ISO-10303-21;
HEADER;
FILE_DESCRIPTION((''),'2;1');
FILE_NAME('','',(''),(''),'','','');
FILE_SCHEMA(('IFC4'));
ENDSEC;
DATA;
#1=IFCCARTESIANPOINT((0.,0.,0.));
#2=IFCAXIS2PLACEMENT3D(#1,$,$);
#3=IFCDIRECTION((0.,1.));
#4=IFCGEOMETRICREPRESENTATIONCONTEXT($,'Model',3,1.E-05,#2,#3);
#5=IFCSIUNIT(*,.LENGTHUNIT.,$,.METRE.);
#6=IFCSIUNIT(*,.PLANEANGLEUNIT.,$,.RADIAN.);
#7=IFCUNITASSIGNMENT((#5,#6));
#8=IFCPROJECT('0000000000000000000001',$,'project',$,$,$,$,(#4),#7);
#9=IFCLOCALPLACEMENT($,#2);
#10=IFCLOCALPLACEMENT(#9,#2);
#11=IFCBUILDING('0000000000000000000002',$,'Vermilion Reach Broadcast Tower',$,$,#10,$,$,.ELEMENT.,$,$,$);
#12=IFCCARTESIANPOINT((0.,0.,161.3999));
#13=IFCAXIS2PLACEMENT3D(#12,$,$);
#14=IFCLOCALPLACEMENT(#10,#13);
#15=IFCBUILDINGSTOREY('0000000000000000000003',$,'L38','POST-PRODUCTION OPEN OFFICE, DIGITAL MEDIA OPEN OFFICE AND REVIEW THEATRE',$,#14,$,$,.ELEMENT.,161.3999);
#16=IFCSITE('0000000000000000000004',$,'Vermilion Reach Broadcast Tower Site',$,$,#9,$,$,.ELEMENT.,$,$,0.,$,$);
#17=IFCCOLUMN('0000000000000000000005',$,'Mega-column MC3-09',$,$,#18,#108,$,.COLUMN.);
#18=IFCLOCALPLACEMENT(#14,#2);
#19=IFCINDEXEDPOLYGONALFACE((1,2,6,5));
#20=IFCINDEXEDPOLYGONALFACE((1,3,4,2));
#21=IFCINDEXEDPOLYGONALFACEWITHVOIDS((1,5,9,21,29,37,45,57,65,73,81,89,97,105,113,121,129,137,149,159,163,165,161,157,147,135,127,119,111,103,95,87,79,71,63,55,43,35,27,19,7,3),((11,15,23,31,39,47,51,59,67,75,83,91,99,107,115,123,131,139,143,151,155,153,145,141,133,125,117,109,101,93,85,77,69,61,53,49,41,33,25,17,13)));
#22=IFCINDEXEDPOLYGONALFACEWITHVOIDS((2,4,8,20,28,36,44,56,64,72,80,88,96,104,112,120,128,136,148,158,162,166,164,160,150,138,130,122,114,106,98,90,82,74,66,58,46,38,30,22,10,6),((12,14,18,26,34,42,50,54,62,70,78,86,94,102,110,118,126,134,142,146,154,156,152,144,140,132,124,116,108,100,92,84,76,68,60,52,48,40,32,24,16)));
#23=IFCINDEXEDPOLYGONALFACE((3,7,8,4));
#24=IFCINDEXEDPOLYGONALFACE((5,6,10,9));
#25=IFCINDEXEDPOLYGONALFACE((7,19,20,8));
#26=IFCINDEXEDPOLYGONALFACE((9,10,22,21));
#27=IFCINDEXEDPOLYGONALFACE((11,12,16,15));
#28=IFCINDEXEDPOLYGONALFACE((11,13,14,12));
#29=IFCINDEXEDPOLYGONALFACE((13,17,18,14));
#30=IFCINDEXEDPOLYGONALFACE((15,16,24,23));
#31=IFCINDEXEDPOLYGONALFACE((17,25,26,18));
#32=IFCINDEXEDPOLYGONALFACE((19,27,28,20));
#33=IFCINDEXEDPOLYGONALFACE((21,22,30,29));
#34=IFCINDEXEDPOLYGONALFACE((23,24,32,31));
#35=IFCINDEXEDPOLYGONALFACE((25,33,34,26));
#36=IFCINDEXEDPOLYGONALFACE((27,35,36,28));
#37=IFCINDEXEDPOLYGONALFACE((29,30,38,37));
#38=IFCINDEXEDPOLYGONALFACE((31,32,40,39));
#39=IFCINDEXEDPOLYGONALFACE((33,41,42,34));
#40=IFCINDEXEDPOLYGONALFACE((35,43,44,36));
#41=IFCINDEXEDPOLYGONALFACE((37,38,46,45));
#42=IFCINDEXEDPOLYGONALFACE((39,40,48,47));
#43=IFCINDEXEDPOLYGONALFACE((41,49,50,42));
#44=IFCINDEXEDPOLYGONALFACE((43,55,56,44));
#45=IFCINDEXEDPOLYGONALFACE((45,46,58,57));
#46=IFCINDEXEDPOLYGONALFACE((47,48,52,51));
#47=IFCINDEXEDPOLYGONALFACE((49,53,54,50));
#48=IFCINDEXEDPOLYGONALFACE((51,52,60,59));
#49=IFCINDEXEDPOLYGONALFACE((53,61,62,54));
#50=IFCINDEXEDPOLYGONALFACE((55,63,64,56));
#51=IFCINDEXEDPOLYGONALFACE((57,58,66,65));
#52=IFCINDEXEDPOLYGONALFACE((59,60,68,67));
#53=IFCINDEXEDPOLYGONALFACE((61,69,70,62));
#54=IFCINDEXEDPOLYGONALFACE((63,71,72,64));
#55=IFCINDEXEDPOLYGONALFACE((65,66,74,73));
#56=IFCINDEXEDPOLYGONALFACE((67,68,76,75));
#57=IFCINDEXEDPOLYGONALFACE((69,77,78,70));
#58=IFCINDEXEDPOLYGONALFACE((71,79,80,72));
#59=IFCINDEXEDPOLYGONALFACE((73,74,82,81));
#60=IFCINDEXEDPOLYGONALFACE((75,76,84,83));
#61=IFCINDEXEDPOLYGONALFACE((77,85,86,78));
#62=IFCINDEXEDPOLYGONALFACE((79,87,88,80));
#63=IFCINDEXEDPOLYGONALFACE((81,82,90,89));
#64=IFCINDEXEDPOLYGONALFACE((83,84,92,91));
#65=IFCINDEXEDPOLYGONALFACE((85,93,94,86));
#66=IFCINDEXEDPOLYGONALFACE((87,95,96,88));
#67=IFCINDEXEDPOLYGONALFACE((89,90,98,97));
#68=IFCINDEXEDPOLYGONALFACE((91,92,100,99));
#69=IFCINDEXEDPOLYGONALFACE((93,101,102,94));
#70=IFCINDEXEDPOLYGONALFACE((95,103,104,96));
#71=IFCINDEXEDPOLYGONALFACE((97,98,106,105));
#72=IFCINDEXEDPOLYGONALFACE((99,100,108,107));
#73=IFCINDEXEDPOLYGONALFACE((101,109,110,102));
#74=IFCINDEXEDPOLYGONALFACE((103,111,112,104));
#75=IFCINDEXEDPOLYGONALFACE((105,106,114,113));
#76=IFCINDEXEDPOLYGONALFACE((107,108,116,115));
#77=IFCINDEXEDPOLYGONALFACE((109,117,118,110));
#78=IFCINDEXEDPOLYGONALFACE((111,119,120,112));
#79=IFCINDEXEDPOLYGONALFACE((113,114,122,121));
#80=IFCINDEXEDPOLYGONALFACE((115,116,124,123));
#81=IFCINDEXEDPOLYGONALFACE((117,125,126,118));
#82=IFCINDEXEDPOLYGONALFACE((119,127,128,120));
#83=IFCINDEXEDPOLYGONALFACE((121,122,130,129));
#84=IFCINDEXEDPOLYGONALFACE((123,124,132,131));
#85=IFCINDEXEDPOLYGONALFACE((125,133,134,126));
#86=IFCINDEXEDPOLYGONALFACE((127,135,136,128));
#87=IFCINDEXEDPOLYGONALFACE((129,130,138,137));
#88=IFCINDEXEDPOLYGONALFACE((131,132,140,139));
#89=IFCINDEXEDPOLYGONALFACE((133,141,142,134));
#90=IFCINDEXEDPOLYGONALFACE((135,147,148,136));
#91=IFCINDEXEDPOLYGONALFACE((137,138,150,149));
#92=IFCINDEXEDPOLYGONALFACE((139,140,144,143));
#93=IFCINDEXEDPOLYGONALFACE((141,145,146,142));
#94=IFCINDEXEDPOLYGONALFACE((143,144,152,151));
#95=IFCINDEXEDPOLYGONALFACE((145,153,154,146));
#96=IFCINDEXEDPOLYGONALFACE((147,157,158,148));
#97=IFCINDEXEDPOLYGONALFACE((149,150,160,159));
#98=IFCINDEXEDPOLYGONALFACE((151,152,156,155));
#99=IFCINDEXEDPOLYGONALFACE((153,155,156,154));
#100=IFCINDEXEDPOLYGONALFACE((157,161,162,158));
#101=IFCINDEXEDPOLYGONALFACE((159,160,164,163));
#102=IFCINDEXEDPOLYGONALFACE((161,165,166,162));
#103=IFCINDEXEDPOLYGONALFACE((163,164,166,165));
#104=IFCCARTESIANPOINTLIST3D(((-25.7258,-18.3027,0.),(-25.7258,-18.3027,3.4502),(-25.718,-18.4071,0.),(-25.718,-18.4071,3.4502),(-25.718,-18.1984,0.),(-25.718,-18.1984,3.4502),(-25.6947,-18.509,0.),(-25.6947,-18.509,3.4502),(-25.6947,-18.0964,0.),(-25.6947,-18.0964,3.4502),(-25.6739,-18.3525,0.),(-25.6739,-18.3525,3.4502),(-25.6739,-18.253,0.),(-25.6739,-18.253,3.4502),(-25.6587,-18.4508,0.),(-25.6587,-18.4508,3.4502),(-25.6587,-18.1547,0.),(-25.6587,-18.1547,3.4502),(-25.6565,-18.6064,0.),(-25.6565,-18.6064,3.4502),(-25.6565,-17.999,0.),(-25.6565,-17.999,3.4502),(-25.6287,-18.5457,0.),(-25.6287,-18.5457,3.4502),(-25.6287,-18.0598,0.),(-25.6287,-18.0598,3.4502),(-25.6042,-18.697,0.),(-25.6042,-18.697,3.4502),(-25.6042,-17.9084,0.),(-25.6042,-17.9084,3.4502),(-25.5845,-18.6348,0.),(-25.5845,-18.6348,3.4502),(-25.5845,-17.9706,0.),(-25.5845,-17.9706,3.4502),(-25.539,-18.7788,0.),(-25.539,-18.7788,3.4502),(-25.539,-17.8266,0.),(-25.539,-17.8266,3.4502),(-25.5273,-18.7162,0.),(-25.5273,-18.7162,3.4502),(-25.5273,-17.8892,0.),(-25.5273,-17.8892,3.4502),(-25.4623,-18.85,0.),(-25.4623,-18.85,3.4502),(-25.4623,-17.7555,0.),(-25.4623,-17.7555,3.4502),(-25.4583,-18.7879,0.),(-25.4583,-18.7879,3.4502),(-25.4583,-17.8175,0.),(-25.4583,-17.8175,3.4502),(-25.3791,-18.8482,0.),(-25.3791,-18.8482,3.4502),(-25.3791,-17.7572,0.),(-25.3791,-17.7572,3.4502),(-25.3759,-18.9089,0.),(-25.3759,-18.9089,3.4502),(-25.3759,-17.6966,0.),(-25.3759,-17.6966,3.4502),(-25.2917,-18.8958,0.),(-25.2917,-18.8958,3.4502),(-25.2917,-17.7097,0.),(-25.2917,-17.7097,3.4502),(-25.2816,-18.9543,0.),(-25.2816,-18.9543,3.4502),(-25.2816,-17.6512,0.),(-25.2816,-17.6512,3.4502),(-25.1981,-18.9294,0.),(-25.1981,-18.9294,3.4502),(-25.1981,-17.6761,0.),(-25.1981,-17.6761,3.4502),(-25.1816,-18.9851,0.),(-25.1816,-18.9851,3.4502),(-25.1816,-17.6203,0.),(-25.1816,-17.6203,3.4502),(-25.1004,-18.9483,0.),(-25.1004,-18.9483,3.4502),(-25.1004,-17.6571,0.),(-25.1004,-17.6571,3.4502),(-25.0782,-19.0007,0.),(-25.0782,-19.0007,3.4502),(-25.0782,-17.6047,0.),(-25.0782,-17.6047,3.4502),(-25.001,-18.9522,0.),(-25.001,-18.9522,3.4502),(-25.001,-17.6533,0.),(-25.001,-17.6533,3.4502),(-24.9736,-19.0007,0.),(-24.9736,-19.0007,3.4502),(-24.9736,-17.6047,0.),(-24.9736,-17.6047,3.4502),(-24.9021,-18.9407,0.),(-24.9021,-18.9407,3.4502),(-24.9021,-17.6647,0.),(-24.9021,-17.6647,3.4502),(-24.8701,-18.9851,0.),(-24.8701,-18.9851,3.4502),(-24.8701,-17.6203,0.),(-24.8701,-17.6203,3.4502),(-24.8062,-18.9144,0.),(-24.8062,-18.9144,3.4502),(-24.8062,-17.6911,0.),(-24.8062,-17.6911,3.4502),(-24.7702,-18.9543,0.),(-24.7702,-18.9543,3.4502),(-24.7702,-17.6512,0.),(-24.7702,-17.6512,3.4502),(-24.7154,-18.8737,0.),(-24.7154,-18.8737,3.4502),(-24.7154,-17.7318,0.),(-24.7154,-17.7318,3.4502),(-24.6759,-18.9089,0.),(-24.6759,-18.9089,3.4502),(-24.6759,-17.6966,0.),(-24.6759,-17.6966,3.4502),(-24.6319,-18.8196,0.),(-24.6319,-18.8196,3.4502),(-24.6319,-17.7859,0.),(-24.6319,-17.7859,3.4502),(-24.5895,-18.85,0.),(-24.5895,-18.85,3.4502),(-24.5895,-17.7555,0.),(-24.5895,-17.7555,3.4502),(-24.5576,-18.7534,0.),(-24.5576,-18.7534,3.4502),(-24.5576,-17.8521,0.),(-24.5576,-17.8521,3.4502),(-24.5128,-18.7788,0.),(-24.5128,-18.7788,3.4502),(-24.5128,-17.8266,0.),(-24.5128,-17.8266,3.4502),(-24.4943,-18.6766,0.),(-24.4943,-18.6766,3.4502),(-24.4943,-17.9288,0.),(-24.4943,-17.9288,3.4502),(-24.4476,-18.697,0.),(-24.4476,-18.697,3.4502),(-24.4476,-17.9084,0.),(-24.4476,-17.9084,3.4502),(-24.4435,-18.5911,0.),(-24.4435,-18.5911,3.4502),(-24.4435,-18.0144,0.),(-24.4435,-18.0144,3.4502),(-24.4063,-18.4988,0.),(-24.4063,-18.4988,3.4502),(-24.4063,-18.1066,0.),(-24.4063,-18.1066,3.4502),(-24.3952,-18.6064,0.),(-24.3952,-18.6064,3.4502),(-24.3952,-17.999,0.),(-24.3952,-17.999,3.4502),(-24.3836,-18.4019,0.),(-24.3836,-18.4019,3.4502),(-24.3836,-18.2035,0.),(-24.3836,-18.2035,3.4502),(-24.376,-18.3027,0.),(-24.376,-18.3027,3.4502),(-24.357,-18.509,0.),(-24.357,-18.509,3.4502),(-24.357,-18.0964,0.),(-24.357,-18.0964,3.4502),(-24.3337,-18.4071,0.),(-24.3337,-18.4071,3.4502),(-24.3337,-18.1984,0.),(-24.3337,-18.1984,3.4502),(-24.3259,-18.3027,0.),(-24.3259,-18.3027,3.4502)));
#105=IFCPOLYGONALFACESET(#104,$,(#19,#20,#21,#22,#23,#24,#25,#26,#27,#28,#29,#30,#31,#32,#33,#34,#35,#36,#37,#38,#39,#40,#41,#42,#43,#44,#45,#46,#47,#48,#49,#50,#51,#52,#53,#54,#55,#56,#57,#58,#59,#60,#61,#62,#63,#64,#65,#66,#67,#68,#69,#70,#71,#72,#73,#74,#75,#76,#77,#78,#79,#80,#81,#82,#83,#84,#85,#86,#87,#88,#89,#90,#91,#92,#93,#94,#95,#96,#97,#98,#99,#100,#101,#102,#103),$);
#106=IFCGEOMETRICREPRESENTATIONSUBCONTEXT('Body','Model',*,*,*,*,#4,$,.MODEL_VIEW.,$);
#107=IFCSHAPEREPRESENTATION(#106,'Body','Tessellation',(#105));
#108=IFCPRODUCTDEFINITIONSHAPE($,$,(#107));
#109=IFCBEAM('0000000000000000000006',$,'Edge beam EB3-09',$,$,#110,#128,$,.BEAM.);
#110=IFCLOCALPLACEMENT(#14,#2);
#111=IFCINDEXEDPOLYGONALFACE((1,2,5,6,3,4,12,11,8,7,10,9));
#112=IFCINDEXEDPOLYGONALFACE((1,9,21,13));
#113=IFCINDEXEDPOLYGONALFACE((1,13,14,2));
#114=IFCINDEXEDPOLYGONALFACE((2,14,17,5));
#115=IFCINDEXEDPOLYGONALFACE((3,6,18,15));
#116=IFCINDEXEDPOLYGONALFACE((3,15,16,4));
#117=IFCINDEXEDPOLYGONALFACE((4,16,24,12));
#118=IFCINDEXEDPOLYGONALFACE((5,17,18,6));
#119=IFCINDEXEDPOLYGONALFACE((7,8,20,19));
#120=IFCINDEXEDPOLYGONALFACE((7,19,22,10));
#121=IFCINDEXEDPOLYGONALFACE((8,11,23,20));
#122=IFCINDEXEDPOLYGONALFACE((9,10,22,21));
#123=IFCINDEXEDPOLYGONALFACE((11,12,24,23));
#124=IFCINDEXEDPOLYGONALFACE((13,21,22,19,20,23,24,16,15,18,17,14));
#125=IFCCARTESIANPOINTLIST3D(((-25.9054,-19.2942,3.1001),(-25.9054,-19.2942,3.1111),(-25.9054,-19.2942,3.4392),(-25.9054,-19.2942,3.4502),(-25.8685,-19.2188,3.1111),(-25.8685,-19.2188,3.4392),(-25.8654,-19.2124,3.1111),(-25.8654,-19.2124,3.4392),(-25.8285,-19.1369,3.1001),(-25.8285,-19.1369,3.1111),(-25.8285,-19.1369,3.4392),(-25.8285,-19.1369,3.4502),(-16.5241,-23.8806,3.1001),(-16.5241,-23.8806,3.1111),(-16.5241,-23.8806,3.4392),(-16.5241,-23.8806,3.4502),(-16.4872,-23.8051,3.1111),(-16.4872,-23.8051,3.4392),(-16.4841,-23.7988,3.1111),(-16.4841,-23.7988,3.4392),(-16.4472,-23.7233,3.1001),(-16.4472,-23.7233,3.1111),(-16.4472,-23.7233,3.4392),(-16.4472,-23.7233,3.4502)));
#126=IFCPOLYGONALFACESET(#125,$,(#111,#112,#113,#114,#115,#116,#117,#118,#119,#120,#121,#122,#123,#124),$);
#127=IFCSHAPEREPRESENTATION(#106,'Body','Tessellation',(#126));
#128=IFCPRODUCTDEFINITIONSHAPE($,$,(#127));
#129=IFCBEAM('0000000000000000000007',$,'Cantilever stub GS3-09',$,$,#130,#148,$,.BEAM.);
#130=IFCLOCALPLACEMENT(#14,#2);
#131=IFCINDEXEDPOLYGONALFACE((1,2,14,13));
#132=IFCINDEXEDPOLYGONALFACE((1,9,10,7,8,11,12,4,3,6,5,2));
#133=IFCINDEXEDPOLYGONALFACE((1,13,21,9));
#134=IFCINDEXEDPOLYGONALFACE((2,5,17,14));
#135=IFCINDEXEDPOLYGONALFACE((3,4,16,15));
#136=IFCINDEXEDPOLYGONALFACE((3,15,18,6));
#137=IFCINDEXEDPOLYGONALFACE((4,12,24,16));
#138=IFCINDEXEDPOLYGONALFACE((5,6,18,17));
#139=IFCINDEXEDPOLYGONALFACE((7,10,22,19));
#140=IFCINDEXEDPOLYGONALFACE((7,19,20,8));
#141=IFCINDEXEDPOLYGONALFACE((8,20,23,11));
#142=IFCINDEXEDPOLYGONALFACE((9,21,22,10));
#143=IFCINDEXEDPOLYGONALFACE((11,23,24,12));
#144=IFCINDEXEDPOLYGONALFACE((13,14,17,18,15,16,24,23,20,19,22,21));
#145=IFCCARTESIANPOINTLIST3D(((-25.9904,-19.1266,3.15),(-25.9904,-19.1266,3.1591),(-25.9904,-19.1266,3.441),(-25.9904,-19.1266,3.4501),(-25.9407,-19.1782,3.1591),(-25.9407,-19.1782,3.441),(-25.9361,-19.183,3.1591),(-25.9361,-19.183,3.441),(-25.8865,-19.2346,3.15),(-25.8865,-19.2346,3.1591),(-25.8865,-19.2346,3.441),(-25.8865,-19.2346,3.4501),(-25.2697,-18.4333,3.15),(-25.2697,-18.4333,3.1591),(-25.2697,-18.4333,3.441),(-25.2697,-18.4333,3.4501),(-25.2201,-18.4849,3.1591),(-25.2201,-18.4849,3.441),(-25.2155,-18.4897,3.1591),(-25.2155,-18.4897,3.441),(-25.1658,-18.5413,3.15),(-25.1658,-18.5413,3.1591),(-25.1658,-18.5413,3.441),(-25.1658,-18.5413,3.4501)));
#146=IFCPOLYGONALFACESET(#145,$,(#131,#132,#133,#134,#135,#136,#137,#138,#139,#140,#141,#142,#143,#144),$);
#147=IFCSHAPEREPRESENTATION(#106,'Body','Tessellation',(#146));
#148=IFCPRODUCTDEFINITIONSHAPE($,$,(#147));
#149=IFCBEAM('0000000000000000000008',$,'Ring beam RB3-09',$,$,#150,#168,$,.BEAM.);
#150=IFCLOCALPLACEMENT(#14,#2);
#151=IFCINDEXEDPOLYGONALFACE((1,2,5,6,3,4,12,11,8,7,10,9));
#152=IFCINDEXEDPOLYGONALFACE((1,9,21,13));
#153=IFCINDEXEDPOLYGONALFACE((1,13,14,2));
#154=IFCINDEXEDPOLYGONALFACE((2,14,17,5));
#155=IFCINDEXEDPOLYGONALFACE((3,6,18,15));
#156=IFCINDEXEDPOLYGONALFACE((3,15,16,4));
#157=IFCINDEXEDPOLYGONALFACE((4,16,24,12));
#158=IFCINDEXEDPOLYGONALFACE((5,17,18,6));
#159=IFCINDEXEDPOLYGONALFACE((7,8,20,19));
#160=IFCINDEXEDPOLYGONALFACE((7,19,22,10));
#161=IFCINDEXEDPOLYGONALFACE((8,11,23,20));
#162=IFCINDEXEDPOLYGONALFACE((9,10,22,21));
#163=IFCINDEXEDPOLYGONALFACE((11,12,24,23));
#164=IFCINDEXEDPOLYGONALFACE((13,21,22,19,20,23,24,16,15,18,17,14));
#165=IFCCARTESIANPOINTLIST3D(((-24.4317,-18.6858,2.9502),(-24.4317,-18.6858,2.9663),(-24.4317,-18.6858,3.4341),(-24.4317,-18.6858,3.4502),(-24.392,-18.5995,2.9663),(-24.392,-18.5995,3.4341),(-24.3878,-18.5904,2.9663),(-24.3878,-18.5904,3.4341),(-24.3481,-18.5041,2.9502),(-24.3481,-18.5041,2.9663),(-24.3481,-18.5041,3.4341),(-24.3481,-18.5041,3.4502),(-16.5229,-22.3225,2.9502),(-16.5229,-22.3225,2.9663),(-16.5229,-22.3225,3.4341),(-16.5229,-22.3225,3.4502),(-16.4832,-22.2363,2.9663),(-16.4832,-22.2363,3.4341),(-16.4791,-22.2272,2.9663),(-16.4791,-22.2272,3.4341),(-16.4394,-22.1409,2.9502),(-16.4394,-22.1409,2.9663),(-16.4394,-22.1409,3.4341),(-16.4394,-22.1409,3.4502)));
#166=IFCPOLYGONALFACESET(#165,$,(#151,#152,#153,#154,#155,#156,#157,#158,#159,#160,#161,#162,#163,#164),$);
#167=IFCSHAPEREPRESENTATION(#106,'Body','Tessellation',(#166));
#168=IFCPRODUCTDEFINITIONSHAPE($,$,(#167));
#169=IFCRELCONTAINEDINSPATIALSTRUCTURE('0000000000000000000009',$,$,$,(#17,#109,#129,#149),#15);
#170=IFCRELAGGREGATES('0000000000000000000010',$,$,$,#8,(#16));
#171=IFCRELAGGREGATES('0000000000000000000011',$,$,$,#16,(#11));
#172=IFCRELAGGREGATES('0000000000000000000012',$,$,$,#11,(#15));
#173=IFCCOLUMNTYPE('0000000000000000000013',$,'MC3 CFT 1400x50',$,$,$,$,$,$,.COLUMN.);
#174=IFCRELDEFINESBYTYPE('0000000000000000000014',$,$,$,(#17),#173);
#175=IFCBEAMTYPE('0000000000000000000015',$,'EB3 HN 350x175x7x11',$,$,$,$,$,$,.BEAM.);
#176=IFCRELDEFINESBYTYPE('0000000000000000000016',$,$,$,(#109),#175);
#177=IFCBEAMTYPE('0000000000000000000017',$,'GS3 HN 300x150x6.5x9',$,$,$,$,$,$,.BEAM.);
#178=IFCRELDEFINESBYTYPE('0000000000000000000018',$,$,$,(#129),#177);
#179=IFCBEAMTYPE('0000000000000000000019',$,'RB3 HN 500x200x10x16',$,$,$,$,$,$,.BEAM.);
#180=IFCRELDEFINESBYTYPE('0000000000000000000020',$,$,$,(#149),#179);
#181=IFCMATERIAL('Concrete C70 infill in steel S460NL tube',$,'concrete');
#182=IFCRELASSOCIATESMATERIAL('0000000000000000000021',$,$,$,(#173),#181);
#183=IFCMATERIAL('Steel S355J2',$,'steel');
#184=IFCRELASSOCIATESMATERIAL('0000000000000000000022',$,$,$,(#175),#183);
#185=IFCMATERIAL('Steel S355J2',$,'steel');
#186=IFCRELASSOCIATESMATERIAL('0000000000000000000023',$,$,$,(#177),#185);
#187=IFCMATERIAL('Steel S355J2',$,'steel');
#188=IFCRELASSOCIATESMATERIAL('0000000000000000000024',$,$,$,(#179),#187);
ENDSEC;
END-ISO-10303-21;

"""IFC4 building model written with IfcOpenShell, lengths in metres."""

from ifc_helpers import new_model, si_unit, direction, frame, origin, origin_2d, place, context, subcontext, project, spatial, hollow_circle, i_section, extrude, material, material_profile, profile_set, type_object, element, save


model = new_model("IFC4")

# Units and contexts
model_context = context("Model", 3, precision=1e-05, world=origin(), true_north=direction((0.0, 1.0)))
body_context = subcontext(model_context, "Body", "Model", "MODEL_VIEW")
ifc_project = project(units=[si_unit("LENGTHUNIT", "METRE"), si_unit("PLANEANGLEUNIT", "RADIAN")], contexts=[model_context])

# Site, building, storey
site_placement = place(None, origin())
site = spatial("IfcSite", under=ifc_project, at=site_placement, Name="Vermilion Reach Broadcast Tower Site", CompositionType="ELEMENT", RefElevation=0.0)
building_placement = place(site_placement, origin())
building = spatial("IfcBuilding", under=site, at=building_placement, Name="Vermilion Reach Broadcast Tower", CompositionType="ELEMENT")
storey_placement = place(building_placement, frame((0.0, 0.0, 161.3999)))
storey = spatial("IfcBuildingStorey", under=building, at=storey_placement, Name="L38", Description="POST-PRODUCTION OPEN OFFICE, DIGITAL MEDIA OPEN OFFICE AND REVIEW THEATRE", CompositionType="ELEMENT", Elevation=161.3999)

# Column
ifc_material_1 = material(Name="Concrete C70 infill in steel S460NL tube", Category="concrete")
ifc_material_profile_1 = material_profile(ifc_material_1, hollow_circle(Radius=0.7, WallThickness=0.05, at=origin_2d()), Name="Concrete C70 infill in steel S460NL tube CFT 1400x50")
ifc_profile_set_1 = profile_set([ifc_material_profile_1], Name="Concrete C70 infill in steel S460NL tube")
column_type = type_object("IfcColumnType", Name="MC3 CFT 1400x50", PredefinedType="COLUMN", material=ifc_profile_set_1)
column_placement = place(storey_placement, frame((-25.0259, -18.3027, 0.0), z_axis=(0.0, 0.0, 1.0), x_axis=(1.0, 0.0, 0.0)))
element("IfcColumn", 1, at=column_placement, inside=storey, type_object=column_type, Name="Mega-column MC3-09", PredefinedType="COLUMN", context=body_context, shape_type="SweptSolid", body=[
    extrude(hollow_circle(Radius=0.7, WallThickness=0.05, at=origin_2d()), origin(), (0.0, 0.0, 1.0), 3.4502),
])

# Beams
ifc_material_2 = material(Name="Steel S355J2", Category="steel")
ifc_material_profile_2 = material_profile(ifc_material_2, i_section(OverallWidth=0.175, OverallDepth=0.3501, WebThickness=0.0071, FlangeThickness=0.011, at=origin_2d()), Name="S355J2 HN 350x175x7x11")
ifc_profile_set_2 = profile_set([ifc_material_profile_2], Name="Steel S355J2")
beam_type_1 = type_object("IfcBeamType", Name="EB3 HN 350x175x7x11", PredefinedType="BEAM", material=ifc_profile_set_2)
beam_1_placement = place(storey_placement, frame((-25.8669, -19.2156, 3.2751), z_axis=(0.898385, -0.439209, 0.0), x_axis=(0.439209, 0.898385, 0.0)))
element("IfcBeam", 2, at=beam_1_placement, inside=storey, type_object=beam_type_1, Name="Edge beam EB3-09", PredefinedType="BEAM", context=body_context, shape_type="SweptSolid", body=[
    extrude(i_section(OverallWidth=0.175, OverallDepth=0.3501, WebThickness=0.0071, FlangeThickness=0.011, at=origin_2d()), origin(), (0.0, 0.0, 1.0), 10.4424),
])
ifc_material_3 = material(Name="Steel S355J2", Category="steel")
ifc_material_profile_3 = material_profile(ifc_material_3, i_section(OverallWidth=0.1499, OverallDepth=0.3, WebThickness=0.0066, FlangeThickness=0.009, at=origin_2d()), Name="S355J2 HN 300x150x6.5x9")
ifc_profile_set_3 = profile_set([ifc_material_profile_3], Name="Steel S355J2")
beam_type_2 = type_object("IfcBeamType", Name="GS3 HN 300x150x6.5x9", PredefinedType="BEAM", material=ifc_profile_set_3)
beam_2_placement = place(storey_placement, frame((-25.2178, -18.4873, 3.3), z_axis=(-0.720645, -0.693304, 0.0), x_axis=(0.693304, -0.720645, 0.0)))
element("IfcBeam", 3, at=beam_2_placement, inside=storey, type_object=beam_type_2, Name="Cantilever stub GS3-09", PredefinedType="BEAM", context=body_context, shape_type="SweptSolid", body=[
    extrude(i_section(OverallWidth=0.1499, OverallDepth=0.3, WebThickness=0.0066, FlangeThickness=0.009, at=origin_2d()), origin(), (0.0, 0.0, 1.0), 1.0),
])
ifc_material_4 = material(Name="Steel S355J2", Category="steel")
ifc_material_profile_4 = material_profile(ifc_material_4, i_section(OverallWidth=0.2, OverallDepth=0.5, WebThickness=0.01, FlangeThickness=0.0161, at=origin_2d()), Name="S355J2 HN 500x200x10x16")
ifc_profile_set_4 = profile_set([ifc_material_profile_4], Name="Steel S355J2")
beam_type_3 = type_object("IfcBeamType", Name="RB3 HN 500x200x10x16", PredefinedType="BEAM", material=ifc_profile_set_4)
beam_3_placement = place(storey_placement, frame((-24.3899, -18.595, 3.2002), z_axis=(0.908546, -0.417784, 0.0), x_axis=(0.417784, 0.908546, 0.0)))
element("IfcBeam", 4, at=beam_3_placement, inside=storey, type_object=beam_type_3, Name="Ring beam RB3-09", PredefinedType="BEAM", context=body_context, shape_type="SweptSolid", body=[
    extrude(i_section(OverallWidth=0.2, OverallDepth=0.5, WebThickness=0.01, FlangeThickness=0.0161, at=origin_2d()), origin(), (0.0, 0.0, 1.0), 8.7048),
])

save(model, "model.ifc")
